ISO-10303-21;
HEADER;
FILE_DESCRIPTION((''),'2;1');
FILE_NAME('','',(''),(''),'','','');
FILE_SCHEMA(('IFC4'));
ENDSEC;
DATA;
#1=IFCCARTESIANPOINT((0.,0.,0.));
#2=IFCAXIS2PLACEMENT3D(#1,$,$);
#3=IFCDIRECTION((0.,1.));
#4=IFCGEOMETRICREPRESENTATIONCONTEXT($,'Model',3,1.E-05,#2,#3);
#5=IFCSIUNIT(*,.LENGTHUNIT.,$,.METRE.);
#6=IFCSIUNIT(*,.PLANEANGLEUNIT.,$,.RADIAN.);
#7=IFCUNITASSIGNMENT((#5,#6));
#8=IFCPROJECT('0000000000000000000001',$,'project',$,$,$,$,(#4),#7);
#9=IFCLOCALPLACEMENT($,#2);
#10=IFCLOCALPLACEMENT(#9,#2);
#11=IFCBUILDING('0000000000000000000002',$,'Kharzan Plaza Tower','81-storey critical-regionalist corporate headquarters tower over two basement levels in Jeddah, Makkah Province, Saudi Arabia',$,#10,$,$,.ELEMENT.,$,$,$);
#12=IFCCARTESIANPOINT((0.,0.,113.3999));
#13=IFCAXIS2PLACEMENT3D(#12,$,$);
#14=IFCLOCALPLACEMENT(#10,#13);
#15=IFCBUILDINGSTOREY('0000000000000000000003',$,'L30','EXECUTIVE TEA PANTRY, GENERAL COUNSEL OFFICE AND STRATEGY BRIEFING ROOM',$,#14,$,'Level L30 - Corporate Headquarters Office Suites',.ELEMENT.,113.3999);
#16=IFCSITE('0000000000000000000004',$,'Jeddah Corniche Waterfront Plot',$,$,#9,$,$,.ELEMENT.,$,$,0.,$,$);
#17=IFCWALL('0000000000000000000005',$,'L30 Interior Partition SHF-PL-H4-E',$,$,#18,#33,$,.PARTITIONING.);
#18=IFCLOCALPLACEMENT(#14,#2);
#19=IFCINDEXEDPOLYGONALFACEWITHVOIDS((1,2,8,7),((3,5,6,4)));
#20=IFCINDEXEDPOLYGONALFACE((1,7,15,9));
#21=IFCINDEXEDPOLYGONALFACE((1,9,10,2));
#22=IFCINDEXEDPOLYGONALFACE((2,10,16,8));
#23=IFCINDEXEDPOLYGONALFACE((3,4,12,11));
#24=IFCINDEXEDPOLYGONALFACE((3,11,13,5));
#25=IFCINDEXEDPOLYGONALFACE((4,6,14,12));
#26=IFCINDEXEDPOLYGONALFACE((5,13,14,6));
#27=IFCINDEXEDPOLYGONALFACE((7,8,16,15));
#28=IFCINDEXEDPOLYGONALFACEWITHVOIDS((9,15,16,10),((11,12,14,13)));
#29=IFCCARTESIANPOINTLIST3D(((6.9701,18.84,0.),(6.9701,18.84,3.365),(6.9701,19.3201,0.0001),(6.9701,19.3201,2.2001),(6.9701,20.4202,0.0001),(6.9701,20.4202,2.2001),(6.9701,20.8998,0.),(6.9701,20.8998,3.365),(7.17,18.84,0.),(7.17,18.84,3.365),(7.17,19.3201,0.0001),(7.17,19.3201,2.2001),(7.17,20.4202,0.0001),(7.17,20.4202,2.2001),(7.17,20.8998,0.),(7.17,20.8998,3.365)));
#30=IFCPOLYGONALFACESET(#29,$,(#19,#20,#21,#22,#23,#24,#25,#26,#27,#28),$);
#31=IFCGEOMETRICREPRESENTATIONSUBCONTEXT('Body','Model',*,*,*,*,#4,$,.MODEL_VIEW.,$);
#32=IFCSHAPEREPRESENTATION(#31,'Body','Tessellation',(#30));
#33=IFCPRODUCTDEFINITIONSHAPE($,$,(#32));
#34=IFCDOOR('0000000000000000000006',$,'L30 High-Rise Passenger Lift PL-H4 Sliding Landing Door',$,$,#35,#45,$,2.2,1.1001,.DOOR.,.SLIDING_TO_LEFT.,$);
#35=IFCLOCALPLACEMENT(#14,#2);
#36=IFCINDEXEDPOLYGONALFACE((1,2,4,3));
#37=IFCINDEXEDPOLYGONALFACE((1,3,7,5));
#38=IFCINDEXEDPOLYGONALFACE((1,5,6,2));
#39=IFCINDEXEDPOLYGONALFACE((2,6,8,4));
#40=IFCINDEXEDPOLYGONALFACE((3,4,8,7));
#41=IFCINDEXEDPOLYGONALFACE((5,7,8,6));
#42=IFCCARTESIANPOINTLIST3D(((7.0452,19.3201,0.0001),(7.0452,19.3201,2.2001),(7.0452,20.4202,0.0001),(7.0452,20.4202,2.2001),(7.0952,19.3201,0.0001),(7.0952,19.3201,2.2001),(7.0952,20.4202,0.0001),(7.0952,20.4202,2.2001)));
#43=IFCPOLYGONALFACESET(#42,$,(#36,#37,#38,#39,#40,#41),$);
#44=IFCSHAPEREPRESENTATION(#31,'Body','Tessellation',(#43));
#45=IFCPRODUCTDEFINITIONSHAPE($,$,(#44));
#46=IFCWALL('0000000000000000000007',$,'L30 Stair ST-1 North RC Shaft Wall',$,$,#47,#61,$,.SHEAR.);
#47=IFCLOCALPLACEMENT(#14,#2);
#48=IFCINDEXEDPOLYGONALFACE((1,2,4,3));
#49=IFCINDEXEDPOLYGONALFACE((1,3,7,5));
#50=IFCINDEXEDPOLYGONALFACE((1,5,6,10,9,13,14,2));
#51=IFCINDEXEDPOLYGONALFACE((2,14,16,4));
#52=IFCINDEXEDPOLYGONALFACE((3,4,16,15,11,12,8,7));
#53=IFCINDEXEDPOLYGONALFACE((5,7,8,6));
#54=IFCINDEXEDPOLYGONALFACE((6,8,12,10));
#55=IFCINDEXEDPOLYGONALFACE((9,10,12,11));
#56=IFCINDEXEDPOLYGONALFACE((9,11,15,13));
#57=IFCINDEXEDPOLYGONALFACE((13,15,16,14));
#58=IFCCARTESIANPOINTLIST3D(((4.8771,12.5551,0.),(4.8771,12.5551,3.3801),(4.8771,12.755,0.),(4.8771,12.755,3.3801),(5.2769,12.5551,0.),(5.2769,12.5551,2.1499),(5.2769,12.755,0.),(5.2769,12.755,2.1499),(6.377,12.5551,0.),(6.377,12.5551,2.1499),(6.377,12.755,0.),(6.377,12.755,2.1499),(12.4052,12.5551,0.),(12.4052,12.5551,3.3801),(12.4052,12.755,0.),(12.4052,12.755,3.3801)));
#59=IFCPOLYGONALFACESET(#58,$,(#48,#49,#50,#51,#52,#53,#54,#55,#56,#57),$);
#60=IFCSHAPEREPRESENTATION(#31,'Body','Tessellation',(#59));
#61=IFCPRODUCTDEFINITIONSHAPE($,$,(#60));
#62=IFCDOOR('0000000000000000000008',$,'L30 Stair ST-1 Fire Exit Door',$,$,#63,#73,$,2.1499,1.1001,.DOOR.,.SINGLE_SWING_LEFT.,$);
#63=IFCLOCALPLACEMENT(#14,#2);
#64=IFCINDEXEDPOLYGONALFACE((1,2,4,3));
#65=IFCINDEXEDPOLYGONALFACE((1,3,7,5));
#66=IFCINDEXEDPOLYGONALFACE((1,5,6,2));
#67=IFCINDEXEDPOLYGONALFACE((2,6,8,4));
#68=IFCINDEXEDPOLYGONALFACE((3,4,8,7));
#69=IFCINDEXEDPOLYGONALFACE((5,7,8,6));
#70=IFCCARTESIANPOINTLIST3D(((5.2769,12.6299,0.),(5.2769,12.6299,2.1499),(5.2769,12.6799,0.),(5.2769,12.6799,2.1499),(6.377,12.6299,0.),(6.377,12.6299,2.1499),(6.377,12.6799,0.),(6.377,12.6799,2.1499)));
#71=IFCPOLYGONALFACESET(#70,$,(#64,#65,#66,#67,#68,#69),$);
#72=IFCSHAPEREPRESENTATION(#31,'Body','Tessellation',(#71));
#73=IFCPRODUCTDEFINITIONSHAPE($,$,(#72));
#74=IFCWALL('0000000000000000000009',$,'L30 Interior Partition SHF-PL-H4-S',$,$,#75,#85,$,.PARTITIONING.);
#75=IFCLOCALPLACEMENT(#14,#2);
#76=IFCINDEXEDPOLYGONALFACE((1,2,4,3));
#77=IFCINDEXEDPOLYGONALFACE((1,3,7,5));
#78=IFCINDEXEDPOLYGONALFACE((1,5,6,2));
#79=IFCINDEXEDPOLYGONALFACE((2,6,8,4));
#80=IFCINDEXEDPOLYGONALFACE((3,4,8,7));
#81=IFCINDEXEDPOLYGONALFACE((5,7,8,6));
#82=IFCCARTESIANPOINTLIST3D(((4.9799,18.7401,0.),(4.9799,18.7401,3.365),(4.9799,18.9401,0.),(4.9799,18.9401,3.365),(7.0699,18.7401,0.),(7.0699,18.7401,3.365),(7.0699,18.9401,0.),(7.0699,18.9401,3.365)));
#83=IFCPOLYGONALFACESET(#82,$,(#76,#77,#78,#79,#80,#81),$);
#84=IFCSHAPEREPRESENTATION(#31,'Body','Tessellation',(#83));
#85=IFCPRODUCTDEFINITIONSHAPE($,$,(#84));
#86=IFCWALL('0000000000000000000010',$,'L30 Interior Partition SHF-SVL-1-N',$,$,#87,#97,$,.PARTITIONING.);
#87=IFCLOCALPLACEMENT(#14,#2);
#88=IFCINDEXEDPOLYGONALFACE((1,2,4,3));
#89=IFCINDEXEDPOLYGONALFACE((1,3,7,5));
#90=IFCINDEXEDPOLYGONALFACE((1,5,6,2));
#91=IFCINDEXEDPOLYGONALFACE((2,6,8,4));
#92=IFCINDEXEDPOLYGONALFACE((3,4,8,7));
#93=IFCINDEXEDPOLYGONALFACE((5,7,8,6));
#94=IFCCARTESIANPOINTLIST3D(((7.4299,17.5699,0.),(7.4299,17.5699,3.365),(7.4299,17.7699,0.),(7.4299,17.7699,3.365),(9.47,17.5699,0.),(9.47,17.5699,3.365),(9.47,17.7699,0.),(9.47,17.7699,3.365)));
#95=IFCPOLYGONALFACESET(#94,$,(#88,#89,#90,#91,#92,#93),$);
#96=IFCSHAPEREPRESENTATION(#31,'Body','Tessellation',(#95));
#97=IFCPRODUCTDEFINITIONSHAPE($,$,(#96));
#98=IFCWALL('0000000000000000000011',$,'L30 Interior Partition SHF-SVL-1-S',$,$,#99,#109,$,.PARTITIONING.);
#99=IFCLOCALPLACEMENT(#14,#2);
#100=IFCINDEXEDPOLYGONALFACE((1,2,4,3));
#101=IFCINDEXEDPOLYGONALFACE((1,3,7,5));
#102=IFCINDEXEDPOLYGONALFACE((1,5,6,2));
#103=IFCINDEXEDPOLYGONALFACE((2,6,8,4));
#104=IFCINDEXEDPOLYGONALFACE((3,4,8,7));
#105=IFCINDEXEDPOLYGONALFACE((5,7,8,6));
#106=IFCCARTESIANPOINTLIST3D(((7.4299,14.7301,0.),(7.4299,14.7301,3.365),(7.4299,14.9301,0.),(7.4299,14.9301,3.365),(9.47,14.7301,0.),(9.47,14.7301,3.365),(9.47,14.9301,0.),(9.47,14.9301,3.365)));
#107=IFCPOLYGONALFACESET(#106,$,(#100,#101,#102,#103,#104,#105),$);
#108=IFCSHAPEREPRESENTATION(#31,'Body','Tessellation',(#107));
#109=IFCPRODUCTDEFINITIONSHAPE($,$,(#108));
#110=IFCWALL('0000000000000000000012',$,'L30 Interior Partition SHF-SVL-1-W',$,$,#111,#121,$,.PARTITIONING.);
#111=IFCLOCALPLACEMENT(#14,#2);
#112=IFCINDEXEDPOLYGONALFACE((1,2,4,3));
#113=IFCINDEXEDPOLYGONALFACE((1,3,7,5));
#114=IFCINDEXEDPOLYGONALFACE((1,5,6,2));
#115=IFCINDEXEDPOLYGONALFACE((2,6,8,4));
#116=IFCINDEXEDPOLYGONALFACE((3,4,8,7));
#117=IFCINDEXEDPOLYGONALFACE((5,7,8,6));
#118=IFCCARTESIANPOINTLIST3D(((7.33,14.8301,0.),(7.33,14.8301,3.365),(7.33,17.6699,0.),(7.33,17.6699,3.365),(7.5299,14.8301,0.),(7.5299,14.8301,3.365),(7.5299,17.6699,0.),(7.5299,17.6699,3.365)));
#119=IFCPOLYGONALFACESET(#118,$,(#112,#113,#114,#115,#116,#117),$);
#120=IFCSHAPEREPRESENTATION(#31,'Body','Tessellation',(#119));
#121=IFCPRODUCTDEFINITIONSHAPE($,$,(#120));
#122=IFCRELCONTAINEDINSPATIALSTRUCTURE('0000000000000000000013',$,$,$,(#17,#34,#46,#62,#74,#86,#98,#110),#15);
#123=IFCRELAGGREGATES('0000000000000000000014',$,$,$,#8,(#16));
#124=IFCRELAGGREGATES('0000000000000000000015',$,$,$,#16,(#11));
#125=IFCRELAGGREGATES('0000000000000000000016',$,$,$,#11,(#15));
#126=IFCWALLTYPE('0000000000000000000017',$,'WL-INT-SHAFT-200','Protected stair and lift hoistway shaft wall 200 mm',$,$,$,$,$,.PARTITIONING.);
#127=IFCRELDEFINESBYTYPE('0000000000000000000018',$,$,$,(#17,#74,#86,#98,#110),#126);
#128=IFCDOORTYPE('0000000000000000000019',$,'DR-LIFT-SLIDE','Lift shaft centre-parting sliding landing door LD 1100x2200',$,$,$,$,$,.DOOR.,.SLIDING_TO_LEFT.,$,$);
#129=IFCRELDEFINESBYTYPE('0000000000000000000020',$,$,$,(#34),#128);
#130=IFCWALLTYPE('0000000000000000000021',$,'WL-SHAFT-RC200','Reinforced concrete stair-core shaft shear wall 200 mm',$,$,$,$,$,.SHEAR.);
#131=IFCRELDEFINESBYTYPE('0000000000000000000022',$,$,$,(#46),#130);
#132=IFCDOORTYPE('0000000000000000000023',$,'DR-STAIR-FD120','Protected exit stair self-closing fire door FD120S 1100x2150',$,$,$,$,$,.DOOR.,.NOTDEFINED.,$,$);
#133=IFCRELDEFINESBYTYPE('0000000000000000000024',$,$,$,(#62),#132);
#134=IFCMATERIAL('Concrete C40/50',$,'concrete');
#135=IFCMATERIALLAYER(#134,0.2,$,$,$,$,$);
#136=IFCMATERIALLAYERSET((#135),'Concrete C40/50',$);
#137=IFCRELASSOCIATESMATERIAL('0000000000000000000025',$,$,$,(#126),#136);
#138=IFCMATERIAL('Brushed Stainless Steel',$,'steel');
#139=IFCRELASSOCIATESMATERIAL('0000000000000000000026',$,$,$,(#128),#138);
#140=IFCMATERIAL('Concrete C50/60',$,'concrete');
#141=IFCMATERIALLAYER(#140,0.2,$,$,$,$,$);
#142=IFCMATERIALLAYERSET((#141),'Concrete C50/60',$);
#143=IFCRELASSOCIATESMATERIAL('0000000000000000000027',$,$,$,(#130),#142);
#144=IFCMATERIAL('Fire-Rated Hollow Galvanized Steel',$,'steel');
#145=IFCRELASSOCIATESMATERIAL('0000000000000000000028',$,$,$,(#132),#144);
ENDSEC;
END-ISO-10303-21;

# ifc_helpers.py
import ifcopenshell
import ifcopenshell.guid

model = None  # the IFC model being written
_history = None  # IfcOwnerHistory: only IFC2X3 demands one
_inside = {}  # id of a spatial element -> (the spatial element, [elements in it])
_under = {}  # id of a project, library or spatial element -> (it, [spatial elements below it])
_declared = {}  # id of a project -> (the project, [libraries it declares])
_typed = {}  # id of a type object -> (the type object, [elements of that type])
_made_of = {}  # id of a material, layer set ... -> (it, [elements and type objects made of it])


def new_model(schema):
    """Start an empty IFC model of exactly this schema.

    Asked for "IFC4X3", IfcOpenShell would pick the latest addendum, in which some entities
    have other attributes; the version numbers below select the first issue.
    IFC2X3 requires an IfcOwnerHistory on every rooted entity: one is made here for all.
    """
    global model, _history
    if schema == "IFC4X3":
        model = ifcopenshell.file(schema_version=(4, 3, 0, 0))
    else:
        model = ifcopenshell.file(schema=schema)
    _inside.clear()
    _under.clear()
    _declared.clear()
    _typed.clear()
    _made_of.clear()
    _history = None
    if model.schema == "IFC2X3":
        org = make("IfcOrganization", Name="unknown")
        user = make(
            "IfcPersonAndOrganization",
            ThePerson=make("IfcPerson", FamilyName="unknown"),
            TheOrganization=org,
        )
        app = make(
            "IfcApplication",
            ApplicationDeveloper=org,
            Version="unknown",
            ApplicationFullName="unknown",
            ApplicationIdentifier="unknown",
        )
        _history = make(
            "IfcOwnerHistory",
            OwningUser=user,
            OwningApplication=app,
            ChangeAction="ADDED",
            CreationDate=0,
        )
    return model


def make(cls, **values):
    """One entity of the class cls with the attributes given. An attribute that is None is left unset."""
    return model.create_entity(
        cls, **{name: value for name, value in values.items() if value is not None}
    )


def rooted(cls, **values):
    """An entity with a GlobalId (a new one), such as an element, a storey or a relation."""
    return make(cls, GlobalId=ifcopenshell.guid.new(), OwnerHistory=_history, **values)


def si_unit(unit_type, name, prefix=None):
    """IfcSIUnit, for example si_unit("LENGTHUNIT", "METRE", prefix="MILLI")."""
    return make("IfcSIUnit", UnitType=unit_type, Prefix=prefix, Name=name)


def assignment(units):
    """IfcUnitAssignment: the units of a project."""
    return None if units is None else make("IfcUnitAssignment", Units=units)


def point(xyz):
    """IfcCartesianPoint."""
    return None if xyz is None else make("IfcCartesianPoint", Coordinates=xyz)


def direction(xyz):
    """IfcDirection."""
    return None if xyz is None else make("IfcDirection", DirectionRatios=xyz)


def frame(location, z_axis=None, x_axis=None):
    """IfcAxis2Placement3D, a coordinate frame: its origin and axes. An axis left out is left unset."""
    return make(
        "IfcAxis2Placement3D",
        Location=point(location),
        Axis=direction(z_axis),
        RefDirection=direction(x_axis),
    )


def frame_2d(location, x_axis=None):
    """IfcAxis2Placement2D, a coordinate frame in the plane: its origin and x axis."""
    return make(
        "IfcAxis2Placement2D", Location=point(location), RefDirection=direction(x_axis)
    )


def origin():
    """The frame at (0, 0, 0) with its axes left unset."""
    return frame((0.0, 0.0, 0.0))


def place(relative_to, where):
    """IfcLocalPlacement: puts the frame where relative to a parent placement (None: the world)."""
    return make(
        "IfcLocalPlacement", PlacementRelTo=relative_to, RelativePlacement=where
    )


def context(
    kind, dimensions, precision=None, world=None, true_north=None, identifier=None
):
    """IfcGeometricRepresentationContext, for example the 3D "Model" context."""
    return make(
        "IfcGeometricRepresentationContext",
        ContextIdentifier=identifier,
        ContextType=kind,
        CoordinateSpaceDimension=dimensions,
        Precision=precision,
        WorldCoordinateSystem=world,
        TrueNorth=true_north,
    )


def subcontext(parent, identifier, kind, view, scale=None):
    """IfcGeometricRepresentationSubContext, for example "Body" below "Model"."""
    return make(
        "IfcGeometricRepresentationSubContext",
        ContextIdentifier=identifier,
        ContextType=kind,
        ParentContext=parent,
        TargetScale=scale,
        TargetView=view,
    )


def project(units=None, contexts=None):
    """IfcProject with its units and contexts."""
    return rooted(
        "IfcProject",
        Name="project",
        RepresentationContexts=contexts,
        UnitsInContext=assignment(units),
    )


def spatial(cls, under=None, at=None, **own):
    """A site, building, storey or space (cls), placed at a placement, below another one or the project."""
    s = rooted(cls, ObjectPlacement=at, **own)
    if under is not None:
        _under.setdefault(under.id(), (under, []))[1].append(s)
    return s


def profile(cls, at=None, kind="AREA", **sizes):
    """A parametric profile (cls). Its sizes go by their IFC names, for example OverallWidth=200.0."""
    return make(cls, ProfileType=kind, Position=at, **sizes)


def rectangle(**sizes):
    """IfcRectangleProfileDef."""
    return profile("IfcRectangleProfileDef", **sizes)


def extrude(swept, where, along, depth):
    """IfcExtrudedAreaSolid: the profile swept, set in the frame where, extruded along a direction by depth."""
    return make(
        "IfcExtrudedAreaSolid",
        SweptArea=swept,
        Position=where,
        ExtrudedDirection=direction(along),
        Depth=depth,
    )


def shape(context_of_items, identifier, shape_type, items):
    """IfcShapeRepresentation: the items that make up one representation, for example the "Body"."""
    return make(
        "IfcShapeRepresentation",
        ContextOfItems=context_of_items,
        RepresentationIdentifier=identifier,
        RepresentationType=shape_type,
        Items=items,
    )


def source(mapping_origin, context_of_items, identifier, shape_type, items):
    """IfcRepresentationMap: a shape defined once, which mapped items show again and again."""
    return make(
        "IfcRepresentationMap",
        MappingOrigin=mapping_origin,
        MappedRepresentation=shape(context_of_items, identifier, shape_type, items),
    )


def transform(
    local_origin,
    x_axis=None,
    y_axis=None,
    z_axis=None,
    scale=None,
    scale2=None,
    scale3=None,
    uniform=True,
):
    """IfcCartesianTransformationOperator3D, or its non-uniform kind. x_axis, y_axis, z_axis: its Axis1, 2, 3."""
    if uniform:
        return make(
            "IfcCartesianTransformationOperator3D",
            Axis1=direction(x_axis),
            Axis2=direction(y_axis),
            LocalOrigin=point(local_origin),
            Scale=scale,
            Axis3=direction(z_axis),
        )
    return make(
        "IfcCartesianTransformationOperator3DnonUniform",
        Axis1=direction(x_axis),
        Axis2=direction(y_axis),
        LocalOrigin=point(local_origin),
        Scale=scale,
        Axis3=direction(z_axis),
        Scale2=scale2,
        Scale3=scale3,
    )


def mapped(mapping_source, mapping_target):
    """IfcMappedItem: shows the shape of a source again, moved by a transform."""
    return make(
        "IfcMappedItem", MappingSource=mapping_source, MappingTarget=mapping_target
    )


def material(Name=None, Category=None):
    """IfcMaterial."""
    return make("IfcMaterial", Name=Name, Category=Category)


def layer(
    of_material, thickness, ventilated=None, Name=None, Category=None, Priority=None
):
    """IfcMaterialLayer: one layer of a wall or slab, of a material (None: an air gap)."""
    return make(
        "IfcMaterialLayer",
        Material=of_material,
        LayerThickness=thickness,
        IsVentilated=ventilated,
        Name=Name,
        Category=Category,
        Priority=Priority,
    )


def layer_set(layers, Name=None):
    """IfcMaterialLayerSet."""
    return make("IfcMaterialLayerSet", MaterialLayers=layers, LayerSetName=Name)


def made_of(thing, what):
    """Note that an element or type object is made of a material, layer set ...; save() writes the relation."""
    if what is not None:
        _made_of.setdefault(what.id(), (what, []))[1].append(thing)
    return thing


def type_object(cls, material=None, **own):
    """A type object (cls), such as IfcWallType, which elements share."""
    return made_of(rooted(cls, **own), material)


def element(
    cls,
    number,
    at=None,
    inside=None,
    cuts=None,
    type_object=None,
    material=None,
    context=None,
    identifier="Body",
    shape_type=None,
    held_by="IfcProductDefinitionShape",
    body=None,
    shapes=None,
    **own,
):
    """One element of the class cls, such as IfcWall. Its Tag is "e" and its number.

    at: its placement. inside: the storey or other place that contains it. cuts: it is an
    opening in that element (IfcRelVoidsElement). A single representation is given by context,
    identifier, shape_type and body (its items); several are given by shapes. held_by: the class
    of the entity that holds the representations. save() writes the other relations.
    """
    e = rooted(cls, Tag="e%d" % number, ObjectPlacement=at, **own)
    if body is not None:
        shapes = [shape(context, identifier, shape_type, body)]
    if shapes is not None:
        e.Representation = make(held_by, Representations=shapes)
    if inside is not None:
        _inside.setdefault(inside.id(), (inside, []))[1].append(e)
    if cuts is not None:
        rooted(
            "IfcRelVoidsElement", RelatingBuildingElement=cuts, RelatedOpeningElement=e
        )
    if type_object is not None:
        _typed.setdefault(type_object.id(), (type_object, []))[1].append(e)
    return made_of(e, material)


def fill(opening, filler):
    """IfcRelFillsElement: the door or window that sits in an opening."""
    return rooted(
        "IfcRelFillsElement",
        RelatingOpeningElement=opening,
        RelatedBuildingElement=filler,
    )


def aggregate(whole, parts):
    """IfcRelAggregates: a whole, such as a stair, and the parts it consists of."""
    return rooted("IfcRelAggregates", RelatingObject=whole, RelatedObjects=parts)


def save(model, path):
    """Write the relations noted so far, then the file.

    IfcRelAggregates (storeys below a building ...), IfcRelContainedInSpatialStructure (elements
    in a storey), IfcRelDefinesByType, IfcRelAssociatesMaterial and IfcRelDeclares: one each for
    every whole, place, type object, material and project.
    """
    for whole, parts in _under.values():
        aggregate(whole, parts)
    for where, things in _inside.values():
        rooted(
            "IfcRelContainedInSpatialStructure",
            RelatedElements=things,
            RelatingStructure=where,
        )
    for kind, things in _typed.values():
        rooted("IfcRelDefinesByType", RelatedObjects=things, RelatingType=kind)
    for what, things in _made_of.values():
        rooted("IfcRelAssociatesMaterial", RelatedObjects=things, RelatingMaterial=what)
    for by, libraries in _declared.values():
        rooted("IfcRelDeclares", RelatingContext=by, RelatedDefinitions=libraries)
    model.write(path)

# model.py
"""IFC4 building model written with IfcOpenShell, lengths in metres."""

from ifc_helpers import new_model, si_unit, direction, frame, frame_2d, origin, place, context, subcontext, project, spatial, rectangle, extrude, source, transform, mapped, material, layer, layer_set, type_object, element, fill, save


model = new_model("IFC4")

# Units and contexts
model_context = context("Model", 3, precision=1e-05, world=origin(), true_north=direction((0.0, 1.0)))
body_context = subcontext(model_context, "Body", "Model", "MODEL_VIEW")
ifc_project = project(units=[si_unit("LENGTHUNIT", "METRE"), si_unit("PLANEANGLEUNIT", "RADIAN")], contexts=[model_context])

# Site, building, storey
site_placement = place(None, origin())
site = spatial("IfcSite", under=ifc_project, at=site_placement, Name="Jeddah Corniche Waterfront Plot", CompositionType="ELEMENT", RefElevation=0.0)
building_placement = place(site_placement, origin())
building = spatial("IfcBuilding", under=site, at=building_placement, Name="Kharzan Plaza Tower", Description="81-storey critical-regionalist corporate headquarters tower over two basement levels in Jeddah, Makkah Province, Saudi Arabia", CompositionType="ELEMENT")
storey_placement = place(building_placement, frame((0.0, 0.0, 113.3999)))
storey = spatial("IfcBuildingStorey", under=building, at=storey_placement, Name="L30", Description="EXECUTIVE TEA PANTRY, GENERAL COUNSEL OFFICE AND STRATEGY BRIEFING ROOM", LongName="Level L30 - Corporate Headquarters Office Suites", CompositionType="ELEMENT", Elevation=113.3999)

# Shared definitions
ifc_material_1 = material(Name="Concrete C40/50", Category="concrete")

# Walls, openings, doors
ifc_layer_1 = layer(ifc_material_1, 0.2)
ifc_layer_set_1 = layer_set([ifc_layer_1], Name="Concrete C40/50")
wall_type_1 = type_object("IfcWallType", Name="WL-INT-SHAFT-200", Description="Protected stair and lift hoistway shaft wall 200 mm", PredefinedType="PARTITIONING", material=ifc_layer_set_1)
wall_1_placement = place(storey_placement, frame((7.0701, 18.8401, 0.0), z_axis=(0.0, 0.0, 1.0), x_axis=(0.0, 1.0, 0.0)))
wall_1 = element("IfcWall", 1, at=wall_1_placement, inside=storey, type_object=wall_type_1, Name="L30 Interior Partition SHF-PL-H4-E", PredefinedType="PARTITIONING", context=body_context, shape_type="SweptSolid", body=[
    extrude(rectangle(XDim=2.0598, YDim=0.2, at=frame_2d((1.0298, 0.0))), origin(), (0.0, 0.0, 1.0), 3.365),
])
opening_1_placement = place(wall_1_placement, frame((0.48, 0.0, 0.0)))
opening_1 = element("IfcOpeningElement", 2, at=opening_1_placement, cuts=wall_1, PredefinedType="OPENING", context=body_context, shape_type="SweptSolid", body=[
    extrude(rectangle(XDim=1.1001, YDim=2.2, at=frame_2d((0.55, 1.1001))), frame((0.0, 0.1099, 0.0), z_axis=(0.0, -1.0, 0.0), x_axis=(1.0, 0.0, 0.0)), (0.0, 0.0, 1.0), 0.22),
])
ifc_material_2 = material(Name="Brushed Stainless Steel", Category="steel")
door_type_1 = type_object("IfcDoorType", Name="DR-LIFT-SLIDE", Description="Lift shaft centre-parting sliding landing door LD 1100x2200", OperationType="SLIDING_TO_LEFT", PredefinedType="DOOR", material=ifc_material_2)
shared_shape_1 = source(origin(), body_context, "Body", "SweptSolid", [
    extrude(rectangle(XDim=1.1001, YDim=2.2, at=frame_2d((0.55, 1.1001))), frame((0.0, 0.0249, 0.0), z_axis=(0.0, -1.0, 0.0), x_axis=(1.0, 0.0, 0.0)), (0.0, 0.0, 1.0), 0.05),
])
door_1_placement = place(opening_1_placement, origin())
door_1 = element("IfcDoor", 3, at=door_1_placement, inside=storey, type_object=door_type_1, Name="L30 High-Rise Passenger Lift PL-H4 Sliding Landing Door", OperationType="SLIDING_TO_LEFT", OverallHeight=2.2, OverallWidth=1.1001, PredefinedType="DOOR", context=body_context, shape_type="MappedRepresentation", body=[
    mapped(shared_shape_1, transform((0.0, 0.0, 0.0), x_axis=(1.0, 0.0, 0.0), y_axis=(0.0, 1.0, 0.0), z_axis=(0.0, 0.0, 1.0))),
])
fill(opening_1, door_1)
ifc_material_3 = material(Name="Concrete C50/60", Category="concrete")
ifc_layer_2 = layer(ifc_material_3, 0.2)
ifc_layer_set_2 = layer_set([ifc_layer_2], Name="Concrete C50/60")
wall_type_2 = type_object("IfcWallType", Name="WL-SHAFT-RC200", Description="Reinforced concrete stair-core shaft shear wall 200 mm", PredefinedType="SHEAR", material=ifc_layer_set_2)
wall_2_placement = place(storey_placement, frame((4.877, 12.655, 0.0), z_axis=(0.0, 0.0, 1.0), x_axis=(1.0, 0.0, 0.0)))
wall_2 = element("IfcWall", 4, at=wall_2_placement, inside=storey, type_object=wall_type_2, Name="L30 Stair ST-1 North RC Shaft Wall", PredefinedType="SHEAR", context=body_context, shape_type="SweptSolid", body=[
    extrude(rectangle(XDim=7.5281, YDim=0.2, at=frame_2d((3.7642, 0.0))), origin(), (0.0, 0.0, 1.0), 3.3801),
])
opening_2_placement = place(wall_2_placement, frame((0.3999, 0.0, 0.0)))
opening_2 = element("IfcOpeningElement", 5, at=opening_2_placement, cuts=wall_2, PredefinedType="OPENING", context=body_context, shape_type="SweptSolid", body=[
    extrude(rectangle(XDim=1.1001, YDim=2.1499, at=frame_2d((0.55, 1.075))), frame((0.0, 0.1099, 0.0), z_axis=(0.0, -1.0, 0.0), x_axis=(1.0, 0.0, 0.0)), (0.0, 0.0, 1.0), 0.22),
])
ifc_material_4 = material(Name="Fire-Rated Hollow Galvanized Steel", Category="steel")
door_type_2 = type_object("IfcDoorType", Name="DR-STAIR-FD120", Description="Protected exit stair self-closing fire door FD120S 1100x2150", OperationType="NOTDEFINED", PredefinedType="DOOR", material=ifc_material_4)
shared_shape_2 = source(origin(), body_context, "Body", "SweptSolid", [
    extrude(rectangle(XDim=1.1001, YDim=2.1499, at=frame_2d((0.55, 1.075))), frame((0.0, 0.0249, 0.0), z_axis=(0.0, -1.0, 0.0), x_axis=(1.0, 0.0, 0.0)), (0.0, 0.0, 1.0), 0.05),
])
door_2_placement = place(opening_2_placement, origin())
door_2 = element("IfcDoor", 6, at=door_2_placement, inside=storey, type_object=door_type_2, Name="L30 Stair ST-1 Fire Exit Door", OperationType="SINGLE_SWING_LEFT", OverallHeight=2.1499, OverallWidth=1.1001, PredefinedType="DOOR", context=body_context, shape_type="MappedRepresentation", body=[
    mapped(shared_shape_2, transform((0.0, 0.0, 0.0), x_axis=(1.0, 0.0, 0.0), y_axis=(0.0, 1.0, 0.0), z_axis=(0.0, 0.0, 1.0))),
])
fill(opening_2, door_2)

# Walls
shared_shape_3 = source(origin(), body_context, "Body", "SweptSolid", [
    extrude(rectangle(XDim=2.0901, YDim=0.2, at=frame_2d((1.0449, 0.0))), origin(), (0.0, 0.0, 1.0), 3.365),
])
wall_3_placement = place(storey_placement, frame((4.98, 18.8401, 0.0), z_axis=(0.0, 0.0, 1.0), x_axis=(1.0, 0.0, 0.0)))
element("IfcWall", 7, at=wall_3_placement, inside=storey, type_object=wall_type_1, Name="L30 Interior Partition SHF-PL-H4-S", PredefinedType="PARTITIONING", context=body_context, shape_type="MappedRepresentation", body=[
    mapped(shared_shape_3, transform((0.0, 0.0, 0.0), x_axis=(1.0, 0.0, 0.0), y_axis=(0.0, 1.0, 0.0), z_axis=(0.0, 0.0, 1.0))),
])
shared_shape_4 = source(origin(), body_context, "Body", "SweptSolid", [
    extrude(rectangle(XDim=2.04, YDim=0.2, at=frame_2d((1.02, 0.0))), origin(), (0.0, 0.0, 1.0), 3.365),
])
for number, where, z_axis, x_axis, name in (
    (8, (7.4299, 17.6699, 0.0), (0.0, 0.0, 1.0), (1.0, 0.0, 0.0), "L30 Interior Partition SHF-SVL-1-N"),
    (9, (7.4299, 14.8301, 0.0), (0.0, 0.0, 1.0), (1.0, 0.0, 0.0), "L30 Interior Partition SHF-SVL-1-S"),
):
    element("IfcWall", number, at=place(storey_placement, frame(where, z_axis=z_axis, x_axis=x_axis)), inside=storey, type_object=wall_type_1, Name=name, PredefinedType="PARTITIONING", context=body_context, shape_type="MappedRepresentation", body=[
        mapped(shared_shape_4, transform((0.0, 0.0, 0.0), x_axis=(1.0, 0.0, 0.0), y_axis=(0.0, 1.0, 0.0), z_axis=(0.0, 0.0, 1.0))),
    ])
shared_shape_5 = source(origin(), body_context, "Body", "SweptSolid", [
    extrude(rectangle(XDim=2.8398, YDim=0.2, at=frame_2d((1.4199, 0.0))), origin(), (0.0, 0.0, 1.0), 3.365),
])
wall_4_placement = place(storey_placement, frame((7.4299, 14.8301, 0.0), z_axis=(0.0, 0.0, 1.0), x_axis=(0.0, 1.0, 0.0)))
element("IfcWall", 10, at=wall_4_placement, inside=storey, type_object=wall_type_1, Name="L30 Interior Partition SHF-SVL-1-W", PredefinedType="PARTITIONING", context=body_context, shape_type="MappedRepresentation", body=[
    mapped(shared_shape_5, transform((0.0, 0.0, 0.0), x_axis=(1.0, 0.0, 0.0), y_axis=(0.0, 1.0, 0.0), z_axis=(0.0, 0.0, 1.0))),
])

save(model, "model.ifc")
